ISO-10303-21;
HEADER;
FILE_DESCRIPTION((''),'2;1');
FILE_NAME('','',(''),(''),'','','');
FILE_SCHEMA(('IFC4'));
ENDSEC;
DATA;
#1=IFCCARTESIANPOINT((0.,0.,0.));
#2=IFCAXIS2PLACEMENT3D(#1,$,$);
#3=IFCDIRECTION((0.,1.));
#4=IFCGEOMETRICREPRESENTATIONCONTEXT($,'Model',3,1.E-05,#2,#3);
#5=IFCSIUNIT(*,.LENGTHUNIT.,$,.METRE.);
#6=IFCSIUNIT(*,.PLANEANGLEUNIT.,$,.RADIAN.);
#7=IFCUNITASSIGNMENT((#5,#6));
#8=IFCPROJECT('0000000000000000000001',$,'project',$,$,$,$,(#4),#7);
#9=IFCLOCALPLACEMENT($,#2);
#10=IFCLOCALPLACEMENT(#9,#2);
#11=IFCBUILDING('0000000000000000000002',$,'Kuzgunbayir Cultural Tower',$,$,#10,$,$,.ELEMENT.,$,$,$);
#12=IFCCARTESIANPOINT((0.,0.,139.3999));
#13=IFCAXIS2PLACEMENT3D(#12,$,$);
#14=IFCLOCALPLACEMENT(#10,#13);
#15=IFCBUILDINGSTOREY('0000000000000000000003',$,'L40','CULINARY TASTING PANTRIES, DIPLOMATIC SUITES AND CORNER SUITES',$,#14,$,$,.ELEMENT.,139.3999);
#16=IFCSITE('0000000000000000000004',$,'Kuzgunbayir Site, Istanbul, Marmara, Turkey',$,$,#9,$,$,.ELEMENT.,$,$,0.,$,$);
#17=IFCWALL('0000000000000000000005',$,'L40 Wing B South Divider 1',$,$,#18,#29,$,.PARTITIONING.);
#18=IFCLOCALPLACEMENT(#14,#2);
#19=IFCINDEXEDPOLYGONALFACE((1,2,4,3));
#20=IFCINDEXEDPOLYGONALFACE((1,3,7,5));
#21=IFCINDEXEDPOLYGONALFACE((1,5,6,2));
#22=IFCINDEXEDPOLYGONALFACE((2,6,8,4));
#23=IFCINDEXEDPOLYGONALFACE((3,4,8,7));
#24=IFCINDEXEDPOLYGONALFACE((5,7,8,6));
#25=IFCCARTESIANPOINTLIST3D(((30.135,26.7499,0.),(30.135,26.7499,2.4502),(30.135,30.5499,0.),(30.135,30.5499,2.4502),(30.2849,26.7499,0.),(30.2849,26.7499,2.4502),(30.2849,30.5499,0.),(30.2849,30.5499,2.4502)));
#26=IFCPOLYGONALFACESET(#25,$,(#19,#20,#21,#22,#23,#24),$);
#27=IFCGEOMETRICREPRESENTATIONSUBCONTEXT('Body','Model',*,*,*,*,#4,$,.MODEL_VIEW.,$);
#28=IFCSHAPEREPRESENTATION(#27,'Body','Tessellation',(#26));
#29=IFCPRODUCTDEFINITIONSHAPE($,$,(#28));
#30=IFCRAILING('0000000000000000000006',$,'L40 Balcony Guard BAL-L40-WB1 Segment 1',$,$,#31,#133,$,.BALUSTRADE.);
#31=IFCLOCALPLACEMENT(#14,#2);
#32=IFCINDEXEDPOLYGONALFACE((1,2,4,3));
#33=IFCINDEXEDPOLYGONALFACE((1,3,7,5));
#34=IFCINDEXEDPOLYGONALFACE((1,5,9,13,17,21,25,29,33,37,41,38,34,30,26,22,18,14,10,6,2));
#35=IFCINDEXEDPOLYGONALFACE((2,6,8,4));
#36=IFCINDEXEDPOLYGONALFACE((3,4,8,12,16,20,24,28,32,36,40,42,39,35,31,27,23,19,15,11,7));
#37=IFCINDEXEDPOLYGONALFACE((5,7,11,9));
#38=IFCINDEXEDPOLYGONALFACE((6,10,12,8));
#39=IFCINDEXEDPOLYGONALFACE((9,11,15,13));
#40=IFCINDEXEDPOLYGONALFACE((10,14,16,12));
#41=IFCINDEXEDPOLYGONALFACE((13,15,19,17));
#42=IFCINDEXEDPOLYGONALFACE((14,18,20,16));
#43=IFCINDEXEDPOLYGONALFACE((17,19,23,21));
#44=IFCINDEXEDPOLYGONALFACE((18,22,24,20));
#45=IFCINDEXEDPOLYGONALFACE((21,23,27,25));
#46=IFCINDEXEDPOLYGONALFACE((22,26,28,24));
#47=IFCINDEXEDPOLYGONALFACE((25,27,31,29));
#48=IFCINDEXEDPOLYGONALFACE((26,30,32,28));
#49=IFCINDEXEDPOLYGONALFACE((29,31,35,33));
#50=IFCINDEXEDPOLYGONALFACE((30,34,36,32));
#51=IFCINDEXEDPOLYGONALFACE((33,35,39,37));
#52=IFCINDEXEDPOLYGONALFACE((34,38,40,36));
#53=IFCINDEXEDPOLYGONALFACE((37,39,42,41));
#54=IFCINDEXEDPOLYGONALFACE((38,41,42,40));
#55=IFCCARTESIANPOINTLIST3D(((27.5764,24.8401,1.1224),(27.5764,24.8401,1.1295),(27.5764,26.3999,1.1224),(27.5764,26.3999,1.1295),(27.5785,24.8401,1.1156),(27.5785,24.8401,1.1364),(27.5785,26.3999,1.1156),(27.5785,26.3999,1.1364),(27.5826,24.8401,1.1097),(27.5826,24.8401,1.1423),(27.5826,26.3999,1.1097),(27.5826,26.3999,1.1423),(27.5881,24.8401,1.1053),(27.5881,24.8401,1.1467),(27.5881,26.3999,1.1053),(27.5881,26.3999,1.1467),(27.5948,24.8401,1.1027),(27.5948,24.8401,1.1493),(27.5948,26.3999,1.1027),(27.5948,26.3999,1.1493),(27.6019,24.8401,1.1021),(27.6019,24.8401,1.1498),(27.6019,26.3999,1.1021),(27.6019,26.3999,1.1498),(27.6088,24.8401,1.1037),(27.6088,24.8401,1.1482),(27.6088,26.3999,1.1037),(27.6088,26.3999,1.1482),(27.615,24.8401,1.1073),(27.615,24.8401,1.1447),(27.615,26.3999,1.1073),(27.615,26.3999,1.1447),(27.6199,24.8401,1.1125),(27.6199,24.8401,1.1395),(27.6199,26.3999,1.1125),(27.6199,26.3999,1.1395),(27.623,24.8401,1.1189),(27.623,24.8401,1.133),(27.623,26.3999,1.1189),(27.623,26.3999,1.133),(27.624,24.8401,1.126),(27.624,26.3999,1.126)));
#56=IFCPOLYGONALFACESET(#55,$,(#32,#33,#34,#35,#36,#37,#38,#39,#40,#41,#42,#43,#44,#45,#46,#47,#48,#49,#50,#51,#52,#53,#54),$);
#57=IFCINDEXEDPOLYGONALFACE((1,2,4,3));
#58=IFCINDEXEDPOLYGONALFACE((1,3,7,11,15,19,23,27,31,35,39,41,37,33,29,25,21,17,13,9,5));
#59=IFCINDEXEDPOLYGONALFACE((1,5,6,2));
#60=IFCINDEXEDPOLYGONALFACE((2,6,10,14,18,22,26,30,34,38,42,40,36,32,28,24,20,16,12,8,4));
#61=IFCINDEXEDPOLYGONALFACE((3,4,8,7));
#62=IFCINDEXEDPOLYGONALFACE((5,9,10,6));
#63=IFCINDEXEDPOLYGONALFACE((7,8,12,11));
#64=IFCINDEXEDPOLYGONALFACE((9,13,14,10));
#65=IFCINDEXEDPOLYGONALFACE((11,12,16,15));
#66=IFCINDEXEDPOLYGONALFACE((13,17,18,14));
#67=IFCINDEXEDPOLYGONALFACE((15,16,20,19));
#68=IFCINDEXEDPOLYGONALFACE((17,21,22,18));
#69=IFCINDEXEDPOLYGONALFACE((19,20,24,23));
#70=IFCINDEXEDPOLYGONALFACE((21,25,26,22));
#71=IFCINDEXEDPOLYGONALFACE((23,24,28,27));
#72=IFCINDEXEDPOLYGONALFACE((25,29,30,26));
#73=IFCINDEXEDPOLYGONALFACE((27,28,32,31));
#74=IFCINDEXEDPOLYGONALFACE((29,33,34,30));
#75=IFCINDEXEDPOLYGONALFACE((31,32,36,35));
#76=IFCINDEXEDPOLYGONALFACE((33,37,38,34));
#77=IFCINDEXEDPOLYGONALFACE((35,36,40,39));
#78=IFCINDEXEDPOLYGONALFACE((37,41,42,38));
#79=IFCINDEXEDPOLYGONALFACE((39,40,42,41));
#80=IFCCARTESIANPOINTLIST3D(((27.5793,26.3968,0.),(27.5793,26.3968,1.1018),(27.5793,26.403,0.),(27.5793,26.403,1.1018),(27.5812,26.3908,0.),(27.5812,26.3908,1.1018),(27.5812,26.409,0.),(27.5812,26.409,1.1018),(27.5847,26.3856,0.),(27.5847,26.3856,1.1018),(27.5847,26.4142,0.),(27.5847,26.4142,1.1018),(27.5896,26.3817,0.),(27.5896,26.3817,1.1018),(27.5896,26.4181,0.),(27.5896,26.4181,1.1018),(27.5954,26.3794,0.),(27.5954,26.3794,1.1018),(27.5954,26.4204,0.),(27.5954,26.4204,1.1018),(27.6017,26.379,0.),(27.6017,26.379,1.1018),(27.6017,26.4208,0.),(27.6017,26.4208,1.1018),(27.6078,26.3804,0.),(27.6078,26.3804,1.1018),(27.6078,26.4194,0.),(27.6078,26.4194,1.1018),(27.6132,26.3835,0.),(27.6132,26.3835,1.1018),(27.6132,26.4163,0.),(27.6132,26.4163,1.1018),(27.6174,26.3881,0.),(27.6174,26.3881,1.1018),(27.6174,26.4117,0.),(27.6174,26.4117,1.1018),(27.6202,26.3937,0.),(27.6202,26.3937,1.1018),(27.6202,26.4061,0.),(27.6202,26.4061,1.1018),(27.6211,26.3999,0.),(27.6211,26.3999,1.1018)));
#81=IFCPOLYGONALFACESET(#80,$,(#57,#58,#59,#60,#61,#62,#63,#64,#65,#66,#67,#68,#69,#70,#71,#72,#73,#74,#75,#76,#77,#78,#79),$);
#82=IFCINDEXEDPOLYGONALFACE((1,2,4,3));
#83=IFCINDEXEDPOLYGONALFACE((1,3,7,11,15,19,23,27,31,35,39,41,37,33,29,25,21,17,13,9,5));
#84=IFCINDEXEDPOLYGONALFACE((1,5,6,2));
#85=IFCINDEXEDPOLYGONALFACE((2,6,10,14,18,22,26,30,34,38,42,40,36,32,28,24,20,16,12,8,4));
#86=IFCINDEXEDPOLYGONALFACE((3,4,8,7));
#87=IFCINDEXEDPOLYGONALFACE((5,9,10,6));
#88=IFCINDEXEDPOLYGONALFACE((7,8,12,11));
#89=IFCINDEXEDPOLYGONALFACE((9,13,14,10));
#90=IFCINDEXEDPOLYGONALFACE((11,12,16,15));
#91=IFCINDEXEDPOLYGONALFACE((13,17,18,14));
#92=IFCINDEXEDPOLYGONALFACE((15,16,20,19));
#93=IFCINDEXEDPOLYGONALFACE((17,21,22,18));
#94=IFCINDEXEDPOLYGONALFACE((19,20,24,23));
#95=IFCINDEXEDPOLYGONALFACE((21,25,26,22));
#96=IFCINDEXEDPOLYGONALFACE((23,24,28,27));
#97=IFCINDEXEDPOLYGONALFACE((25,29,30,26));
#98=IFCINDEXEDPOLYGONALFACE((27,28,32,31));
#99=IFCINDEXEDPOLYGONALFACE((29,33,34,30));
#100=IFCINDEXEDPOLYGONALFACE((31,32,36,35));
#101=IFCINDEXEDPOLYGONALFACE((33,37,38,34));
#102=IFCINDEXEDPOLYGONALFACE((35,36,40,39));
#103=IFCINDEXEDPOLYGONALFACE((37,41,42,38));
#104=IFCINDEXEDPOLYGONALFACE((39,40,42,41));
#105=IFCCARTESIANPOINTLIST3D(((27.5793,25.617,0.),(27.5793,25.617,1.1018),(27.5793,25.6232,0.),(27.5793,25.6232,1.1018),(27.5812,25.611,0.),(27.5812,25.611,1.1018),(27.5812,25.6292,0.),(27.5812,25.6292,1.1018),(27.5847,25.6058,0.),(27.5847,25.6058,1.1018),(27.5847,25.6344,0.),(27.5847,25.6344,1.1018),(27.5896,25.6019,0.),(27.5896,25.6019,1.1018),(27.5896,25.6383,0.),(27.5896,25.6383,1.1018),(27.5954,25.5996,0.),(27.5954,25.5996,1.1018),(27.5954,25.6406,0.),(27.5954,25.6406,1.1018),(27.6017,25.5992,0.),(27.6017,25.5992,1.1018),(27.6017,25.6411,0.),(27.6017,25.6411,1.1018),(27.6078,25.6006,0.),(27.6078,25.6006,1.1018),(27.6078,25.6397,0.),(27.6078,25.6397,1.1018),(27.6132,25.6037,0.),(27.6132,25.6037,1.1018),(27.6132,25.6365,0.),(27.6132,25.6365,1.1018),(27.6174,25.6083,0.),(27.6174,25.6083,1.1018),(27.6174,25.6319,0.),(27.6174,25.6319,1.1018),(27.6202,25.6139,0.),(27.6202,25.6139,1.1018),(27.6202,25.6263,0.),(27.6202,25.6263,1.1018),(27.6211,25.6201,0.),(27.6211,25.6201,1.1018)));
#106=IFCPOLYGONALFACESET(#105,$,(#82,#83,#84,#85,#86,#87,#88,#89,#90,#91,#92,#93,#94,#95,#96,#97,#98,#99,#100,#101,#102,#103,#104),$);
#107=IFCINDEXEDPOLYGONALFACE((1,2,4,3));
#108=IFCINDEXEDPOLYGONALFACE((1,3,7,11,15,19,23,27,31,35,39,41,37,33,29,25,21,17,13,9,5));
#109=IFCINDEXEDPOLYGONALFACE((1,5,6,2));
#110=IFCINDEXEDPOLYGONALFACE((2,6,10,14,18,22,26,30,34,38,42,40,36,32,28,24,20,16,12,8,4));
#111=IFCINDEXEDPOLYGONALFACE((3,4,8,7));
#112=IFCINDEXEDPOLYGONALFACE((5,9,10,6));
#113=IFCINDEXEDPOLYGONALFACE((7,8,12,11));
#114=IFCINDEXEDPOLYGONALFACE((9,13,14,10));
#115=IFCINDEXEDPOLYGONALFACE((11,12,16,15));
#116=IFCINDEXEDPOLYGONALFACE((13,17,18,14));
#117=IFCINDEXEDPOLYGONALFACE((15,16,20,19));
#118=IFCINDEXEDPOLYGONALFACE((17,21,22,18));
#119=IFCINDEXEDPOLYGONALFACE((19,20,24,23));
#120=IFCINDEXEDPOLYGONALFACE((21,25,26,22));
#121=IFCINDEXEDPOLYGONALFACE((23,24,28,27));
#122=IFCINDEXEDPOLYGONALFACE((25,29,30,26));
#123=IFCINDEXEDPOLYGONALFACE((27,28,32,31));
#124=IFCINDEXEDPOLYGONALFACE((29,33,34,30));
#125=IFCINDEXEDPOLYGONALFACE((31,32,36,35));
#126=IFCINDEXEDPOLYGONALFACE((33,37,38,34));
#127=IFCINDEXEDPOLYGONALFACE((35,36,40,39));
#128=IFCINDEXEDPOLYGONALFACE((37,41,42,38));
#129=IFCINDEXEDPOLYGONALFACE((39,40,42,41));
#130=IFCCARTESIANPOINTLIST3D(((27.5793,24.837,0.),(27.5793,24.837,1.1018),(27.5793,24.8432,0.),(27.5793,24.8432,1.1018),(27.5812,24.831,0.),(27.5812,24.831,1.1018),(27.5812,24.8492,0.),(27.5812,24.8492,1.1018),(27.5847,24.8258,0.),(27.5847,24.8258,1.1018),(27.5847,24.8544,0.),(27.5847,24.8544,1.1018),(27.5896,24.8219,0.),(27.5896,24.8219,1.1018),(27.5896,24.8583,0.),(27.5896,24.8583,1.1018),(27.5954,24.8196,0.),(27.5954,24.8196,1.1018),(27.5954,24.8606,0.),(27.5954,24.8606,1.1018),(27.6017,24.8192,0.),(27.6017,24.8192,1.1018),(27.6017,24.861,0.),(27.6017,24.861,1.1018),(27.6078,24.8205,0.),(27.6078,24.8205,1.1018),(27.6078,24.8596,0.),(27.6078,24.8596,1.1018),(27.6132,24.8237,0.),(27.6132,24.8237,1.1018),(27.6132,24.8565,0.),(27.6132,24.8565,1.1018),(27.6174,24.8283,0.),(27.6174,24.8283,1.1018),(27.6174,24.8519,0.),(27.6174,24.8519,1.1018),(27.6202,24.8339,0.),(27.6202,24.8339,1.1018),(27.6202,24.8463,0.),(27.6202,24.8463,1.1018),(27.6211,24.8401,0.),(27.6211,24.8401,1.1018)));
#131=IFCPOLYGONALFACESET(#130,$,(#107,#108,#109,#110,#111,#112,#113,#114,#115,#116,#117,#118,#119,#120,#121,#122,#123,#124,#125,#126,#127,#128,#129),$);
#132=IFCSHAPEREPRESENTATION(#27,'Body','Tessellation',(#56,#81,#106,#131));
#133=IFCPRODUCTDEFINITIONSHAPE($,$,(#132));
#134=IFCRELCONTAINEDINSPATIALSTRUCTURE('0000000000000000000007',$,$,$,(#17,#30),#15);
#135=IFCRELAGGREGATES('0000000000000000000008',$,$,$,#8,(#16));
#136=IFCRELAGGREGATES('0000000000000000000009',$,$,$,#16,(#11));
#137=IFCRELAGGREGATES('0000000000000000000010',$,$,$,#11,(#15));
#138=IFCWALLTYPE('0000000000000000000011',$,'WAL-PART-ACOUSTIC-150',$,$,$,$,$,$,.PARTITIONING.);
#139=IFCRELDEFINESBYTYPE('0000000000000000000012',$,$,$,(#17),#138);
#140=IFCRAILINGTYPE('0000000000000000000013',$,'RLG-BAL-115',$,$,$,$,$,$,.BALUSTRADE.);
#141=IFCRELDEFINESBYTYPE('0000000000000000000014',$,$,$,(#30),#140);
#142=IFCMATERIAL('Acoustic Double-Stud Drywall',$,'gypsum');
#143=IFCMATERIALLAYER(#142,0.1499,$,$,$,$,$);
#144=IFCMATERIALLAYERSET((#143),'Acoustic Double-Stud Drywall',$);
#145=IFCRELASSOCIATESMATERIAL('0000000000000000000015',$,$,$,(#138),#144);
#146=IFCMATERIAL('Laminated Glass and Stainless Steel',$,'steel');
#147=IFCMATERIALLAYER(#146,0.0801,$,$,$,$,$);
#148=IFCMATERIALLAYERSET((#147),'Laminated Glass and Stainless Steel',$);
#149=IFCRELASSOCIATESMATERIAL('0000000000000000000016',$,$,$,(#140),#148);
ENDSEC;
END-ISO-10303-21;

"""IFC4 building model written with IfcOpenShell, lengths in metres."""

from ifc_helpers import new_model, si_unit, direction, frame, frame_2d, origin, origin_2d, place, context, subcontext, project, spatial, rectangle, circle, extrude, material, layer, layer_set, type_object, element, save


model = new_model("IFC4")

# Units and contexts
model_context = context("Model", 3, precision=1e-05, world=origin(), true_north=direction((0.0, 1.0)))
body_context = subcontext(model_context, "Body", "Model", "MODEL_VIEW")
ifc_project = project(units=[si_unit("LENGTHUNIT", "METRE"), si_unit("PLANEANGLEUNIT", "RADIAN")], contexts=[model_context])

# Site, building, storey
site_placement = place(None, origin())
site = spatial("IfcSite", under=ifc_project, at=site_placement, Name="Kuzgunbayir Site, Istanbul, Marmara, Turkey", CompositionType="ELEMENT", RefElevation=0.0)
building_placement = place(site_placement, origin())
building = spatial("IfcBuilding", under=site, at=building_placement, Name="Kuzgunbayir Cultural Tower", CompositionType="ELEMENT")
storey_placement = place(building_placement, frame((0.0, 0.0, 139.3999)))
storey = spatial("IfcBuildingStorey", under=building, at=storey_placement, Name="L40", Description="CULINARY TASTING PANTRIES, DIPLOMATIC SUITES AND CORNER SUITES", CompositionType="ELEMENT", Elevation=139.3999)

# Wall
ifc_material_1 = material(Name="Acoustic Double-Stud Drywall", Category="gypsum")
ifc_layer_1 = layer(ifc_material_1, 0.1499)
ifc_layer_set_1 = layer_set([ifc_layer_1], Name="Acoustic Double-Stud Drywall")
wall_type_1 = type_object("IfcWallType", Name="WAL-PART-ACOUSTIC-150", PredefinedType="PARTITIONING", material=ifc_layer_set_1)
for number, where, z_axis, x_axis, name in (
    (1, (30.21, 26.75, 0.0), (0.0, 0.0, 1.0), (0.0, 1.0, 0.0), "L40 Wing B South Divider 1"),
):
    element("IfcWall", number, at=place(storey_placement, frame(where, z_axis=z_axis, x_axis=x_axis)), inside=storey, type_object=wall_type_1, Name=name, PredefinedType="PARTITIONING", context=body_context, shape_type="SweptSolid", body=[
        extrude(rectangle(XDim=3.8, YDim=0.1499, at=frame_2d((1.8999, 0.0))), origin(), (0.0, 0.0, 1.0), 2.4502),
    ])

# Railing
ifc_material_2 = material(Name="Laminated Glass and Stainless Steel", Category="steel")
ifc_layer_2 = layer(ifc_material_2, 0.0801)
ifc_layer_set_2 = layer_set([ifc_layer_2], Name="Laminated Glass and Stainless Steel")
railing_type = type_object("IfcRailingType", Name="RLG-BAL-115", PredefinedType="BALUSTRADE", material=ifc_layer_set_2)
railing_1_placement = place(storey_placement, frame((27.6001, 26.3999, 0.0)))
element("IfcRailing", 2, at=railing_1_placement, inside=storey, type_object=railing_type, Name="L40 Balcony Guard BAL-L40-WB1 Segment 1", PredefinedType="BALUSTRADE", context=body_context, shape_type="SweptSolid", body=[
    extrude(circle(Radius=0.0239, at=origin_2d()), frame((0.0, 0.0, 1.126), z_axis=(0.0, -1.0, 0.0), x_axis=(1.0, 0.0, 0.0)), (0.0, 0.0, 1.0), 1.5598),
    extrude(circle(Radius=0.021, at=origin_2d()), origin(), (0.0, 0.0, 1.0), 1.1018),
    extrude(circle(Radius=0.021, at=origin_2d()), frame((0.0, -0.7798, 0.0)), (0.0, 0.0, 1.0), 1.1018),
    extrude(circle(Radius=0.021, at=origin_2d()), frame((0.0, -1.5598, 0.0)), (0.0, 0.0, 1.0), 1.1018),
])

save(model, "model.ifc")
